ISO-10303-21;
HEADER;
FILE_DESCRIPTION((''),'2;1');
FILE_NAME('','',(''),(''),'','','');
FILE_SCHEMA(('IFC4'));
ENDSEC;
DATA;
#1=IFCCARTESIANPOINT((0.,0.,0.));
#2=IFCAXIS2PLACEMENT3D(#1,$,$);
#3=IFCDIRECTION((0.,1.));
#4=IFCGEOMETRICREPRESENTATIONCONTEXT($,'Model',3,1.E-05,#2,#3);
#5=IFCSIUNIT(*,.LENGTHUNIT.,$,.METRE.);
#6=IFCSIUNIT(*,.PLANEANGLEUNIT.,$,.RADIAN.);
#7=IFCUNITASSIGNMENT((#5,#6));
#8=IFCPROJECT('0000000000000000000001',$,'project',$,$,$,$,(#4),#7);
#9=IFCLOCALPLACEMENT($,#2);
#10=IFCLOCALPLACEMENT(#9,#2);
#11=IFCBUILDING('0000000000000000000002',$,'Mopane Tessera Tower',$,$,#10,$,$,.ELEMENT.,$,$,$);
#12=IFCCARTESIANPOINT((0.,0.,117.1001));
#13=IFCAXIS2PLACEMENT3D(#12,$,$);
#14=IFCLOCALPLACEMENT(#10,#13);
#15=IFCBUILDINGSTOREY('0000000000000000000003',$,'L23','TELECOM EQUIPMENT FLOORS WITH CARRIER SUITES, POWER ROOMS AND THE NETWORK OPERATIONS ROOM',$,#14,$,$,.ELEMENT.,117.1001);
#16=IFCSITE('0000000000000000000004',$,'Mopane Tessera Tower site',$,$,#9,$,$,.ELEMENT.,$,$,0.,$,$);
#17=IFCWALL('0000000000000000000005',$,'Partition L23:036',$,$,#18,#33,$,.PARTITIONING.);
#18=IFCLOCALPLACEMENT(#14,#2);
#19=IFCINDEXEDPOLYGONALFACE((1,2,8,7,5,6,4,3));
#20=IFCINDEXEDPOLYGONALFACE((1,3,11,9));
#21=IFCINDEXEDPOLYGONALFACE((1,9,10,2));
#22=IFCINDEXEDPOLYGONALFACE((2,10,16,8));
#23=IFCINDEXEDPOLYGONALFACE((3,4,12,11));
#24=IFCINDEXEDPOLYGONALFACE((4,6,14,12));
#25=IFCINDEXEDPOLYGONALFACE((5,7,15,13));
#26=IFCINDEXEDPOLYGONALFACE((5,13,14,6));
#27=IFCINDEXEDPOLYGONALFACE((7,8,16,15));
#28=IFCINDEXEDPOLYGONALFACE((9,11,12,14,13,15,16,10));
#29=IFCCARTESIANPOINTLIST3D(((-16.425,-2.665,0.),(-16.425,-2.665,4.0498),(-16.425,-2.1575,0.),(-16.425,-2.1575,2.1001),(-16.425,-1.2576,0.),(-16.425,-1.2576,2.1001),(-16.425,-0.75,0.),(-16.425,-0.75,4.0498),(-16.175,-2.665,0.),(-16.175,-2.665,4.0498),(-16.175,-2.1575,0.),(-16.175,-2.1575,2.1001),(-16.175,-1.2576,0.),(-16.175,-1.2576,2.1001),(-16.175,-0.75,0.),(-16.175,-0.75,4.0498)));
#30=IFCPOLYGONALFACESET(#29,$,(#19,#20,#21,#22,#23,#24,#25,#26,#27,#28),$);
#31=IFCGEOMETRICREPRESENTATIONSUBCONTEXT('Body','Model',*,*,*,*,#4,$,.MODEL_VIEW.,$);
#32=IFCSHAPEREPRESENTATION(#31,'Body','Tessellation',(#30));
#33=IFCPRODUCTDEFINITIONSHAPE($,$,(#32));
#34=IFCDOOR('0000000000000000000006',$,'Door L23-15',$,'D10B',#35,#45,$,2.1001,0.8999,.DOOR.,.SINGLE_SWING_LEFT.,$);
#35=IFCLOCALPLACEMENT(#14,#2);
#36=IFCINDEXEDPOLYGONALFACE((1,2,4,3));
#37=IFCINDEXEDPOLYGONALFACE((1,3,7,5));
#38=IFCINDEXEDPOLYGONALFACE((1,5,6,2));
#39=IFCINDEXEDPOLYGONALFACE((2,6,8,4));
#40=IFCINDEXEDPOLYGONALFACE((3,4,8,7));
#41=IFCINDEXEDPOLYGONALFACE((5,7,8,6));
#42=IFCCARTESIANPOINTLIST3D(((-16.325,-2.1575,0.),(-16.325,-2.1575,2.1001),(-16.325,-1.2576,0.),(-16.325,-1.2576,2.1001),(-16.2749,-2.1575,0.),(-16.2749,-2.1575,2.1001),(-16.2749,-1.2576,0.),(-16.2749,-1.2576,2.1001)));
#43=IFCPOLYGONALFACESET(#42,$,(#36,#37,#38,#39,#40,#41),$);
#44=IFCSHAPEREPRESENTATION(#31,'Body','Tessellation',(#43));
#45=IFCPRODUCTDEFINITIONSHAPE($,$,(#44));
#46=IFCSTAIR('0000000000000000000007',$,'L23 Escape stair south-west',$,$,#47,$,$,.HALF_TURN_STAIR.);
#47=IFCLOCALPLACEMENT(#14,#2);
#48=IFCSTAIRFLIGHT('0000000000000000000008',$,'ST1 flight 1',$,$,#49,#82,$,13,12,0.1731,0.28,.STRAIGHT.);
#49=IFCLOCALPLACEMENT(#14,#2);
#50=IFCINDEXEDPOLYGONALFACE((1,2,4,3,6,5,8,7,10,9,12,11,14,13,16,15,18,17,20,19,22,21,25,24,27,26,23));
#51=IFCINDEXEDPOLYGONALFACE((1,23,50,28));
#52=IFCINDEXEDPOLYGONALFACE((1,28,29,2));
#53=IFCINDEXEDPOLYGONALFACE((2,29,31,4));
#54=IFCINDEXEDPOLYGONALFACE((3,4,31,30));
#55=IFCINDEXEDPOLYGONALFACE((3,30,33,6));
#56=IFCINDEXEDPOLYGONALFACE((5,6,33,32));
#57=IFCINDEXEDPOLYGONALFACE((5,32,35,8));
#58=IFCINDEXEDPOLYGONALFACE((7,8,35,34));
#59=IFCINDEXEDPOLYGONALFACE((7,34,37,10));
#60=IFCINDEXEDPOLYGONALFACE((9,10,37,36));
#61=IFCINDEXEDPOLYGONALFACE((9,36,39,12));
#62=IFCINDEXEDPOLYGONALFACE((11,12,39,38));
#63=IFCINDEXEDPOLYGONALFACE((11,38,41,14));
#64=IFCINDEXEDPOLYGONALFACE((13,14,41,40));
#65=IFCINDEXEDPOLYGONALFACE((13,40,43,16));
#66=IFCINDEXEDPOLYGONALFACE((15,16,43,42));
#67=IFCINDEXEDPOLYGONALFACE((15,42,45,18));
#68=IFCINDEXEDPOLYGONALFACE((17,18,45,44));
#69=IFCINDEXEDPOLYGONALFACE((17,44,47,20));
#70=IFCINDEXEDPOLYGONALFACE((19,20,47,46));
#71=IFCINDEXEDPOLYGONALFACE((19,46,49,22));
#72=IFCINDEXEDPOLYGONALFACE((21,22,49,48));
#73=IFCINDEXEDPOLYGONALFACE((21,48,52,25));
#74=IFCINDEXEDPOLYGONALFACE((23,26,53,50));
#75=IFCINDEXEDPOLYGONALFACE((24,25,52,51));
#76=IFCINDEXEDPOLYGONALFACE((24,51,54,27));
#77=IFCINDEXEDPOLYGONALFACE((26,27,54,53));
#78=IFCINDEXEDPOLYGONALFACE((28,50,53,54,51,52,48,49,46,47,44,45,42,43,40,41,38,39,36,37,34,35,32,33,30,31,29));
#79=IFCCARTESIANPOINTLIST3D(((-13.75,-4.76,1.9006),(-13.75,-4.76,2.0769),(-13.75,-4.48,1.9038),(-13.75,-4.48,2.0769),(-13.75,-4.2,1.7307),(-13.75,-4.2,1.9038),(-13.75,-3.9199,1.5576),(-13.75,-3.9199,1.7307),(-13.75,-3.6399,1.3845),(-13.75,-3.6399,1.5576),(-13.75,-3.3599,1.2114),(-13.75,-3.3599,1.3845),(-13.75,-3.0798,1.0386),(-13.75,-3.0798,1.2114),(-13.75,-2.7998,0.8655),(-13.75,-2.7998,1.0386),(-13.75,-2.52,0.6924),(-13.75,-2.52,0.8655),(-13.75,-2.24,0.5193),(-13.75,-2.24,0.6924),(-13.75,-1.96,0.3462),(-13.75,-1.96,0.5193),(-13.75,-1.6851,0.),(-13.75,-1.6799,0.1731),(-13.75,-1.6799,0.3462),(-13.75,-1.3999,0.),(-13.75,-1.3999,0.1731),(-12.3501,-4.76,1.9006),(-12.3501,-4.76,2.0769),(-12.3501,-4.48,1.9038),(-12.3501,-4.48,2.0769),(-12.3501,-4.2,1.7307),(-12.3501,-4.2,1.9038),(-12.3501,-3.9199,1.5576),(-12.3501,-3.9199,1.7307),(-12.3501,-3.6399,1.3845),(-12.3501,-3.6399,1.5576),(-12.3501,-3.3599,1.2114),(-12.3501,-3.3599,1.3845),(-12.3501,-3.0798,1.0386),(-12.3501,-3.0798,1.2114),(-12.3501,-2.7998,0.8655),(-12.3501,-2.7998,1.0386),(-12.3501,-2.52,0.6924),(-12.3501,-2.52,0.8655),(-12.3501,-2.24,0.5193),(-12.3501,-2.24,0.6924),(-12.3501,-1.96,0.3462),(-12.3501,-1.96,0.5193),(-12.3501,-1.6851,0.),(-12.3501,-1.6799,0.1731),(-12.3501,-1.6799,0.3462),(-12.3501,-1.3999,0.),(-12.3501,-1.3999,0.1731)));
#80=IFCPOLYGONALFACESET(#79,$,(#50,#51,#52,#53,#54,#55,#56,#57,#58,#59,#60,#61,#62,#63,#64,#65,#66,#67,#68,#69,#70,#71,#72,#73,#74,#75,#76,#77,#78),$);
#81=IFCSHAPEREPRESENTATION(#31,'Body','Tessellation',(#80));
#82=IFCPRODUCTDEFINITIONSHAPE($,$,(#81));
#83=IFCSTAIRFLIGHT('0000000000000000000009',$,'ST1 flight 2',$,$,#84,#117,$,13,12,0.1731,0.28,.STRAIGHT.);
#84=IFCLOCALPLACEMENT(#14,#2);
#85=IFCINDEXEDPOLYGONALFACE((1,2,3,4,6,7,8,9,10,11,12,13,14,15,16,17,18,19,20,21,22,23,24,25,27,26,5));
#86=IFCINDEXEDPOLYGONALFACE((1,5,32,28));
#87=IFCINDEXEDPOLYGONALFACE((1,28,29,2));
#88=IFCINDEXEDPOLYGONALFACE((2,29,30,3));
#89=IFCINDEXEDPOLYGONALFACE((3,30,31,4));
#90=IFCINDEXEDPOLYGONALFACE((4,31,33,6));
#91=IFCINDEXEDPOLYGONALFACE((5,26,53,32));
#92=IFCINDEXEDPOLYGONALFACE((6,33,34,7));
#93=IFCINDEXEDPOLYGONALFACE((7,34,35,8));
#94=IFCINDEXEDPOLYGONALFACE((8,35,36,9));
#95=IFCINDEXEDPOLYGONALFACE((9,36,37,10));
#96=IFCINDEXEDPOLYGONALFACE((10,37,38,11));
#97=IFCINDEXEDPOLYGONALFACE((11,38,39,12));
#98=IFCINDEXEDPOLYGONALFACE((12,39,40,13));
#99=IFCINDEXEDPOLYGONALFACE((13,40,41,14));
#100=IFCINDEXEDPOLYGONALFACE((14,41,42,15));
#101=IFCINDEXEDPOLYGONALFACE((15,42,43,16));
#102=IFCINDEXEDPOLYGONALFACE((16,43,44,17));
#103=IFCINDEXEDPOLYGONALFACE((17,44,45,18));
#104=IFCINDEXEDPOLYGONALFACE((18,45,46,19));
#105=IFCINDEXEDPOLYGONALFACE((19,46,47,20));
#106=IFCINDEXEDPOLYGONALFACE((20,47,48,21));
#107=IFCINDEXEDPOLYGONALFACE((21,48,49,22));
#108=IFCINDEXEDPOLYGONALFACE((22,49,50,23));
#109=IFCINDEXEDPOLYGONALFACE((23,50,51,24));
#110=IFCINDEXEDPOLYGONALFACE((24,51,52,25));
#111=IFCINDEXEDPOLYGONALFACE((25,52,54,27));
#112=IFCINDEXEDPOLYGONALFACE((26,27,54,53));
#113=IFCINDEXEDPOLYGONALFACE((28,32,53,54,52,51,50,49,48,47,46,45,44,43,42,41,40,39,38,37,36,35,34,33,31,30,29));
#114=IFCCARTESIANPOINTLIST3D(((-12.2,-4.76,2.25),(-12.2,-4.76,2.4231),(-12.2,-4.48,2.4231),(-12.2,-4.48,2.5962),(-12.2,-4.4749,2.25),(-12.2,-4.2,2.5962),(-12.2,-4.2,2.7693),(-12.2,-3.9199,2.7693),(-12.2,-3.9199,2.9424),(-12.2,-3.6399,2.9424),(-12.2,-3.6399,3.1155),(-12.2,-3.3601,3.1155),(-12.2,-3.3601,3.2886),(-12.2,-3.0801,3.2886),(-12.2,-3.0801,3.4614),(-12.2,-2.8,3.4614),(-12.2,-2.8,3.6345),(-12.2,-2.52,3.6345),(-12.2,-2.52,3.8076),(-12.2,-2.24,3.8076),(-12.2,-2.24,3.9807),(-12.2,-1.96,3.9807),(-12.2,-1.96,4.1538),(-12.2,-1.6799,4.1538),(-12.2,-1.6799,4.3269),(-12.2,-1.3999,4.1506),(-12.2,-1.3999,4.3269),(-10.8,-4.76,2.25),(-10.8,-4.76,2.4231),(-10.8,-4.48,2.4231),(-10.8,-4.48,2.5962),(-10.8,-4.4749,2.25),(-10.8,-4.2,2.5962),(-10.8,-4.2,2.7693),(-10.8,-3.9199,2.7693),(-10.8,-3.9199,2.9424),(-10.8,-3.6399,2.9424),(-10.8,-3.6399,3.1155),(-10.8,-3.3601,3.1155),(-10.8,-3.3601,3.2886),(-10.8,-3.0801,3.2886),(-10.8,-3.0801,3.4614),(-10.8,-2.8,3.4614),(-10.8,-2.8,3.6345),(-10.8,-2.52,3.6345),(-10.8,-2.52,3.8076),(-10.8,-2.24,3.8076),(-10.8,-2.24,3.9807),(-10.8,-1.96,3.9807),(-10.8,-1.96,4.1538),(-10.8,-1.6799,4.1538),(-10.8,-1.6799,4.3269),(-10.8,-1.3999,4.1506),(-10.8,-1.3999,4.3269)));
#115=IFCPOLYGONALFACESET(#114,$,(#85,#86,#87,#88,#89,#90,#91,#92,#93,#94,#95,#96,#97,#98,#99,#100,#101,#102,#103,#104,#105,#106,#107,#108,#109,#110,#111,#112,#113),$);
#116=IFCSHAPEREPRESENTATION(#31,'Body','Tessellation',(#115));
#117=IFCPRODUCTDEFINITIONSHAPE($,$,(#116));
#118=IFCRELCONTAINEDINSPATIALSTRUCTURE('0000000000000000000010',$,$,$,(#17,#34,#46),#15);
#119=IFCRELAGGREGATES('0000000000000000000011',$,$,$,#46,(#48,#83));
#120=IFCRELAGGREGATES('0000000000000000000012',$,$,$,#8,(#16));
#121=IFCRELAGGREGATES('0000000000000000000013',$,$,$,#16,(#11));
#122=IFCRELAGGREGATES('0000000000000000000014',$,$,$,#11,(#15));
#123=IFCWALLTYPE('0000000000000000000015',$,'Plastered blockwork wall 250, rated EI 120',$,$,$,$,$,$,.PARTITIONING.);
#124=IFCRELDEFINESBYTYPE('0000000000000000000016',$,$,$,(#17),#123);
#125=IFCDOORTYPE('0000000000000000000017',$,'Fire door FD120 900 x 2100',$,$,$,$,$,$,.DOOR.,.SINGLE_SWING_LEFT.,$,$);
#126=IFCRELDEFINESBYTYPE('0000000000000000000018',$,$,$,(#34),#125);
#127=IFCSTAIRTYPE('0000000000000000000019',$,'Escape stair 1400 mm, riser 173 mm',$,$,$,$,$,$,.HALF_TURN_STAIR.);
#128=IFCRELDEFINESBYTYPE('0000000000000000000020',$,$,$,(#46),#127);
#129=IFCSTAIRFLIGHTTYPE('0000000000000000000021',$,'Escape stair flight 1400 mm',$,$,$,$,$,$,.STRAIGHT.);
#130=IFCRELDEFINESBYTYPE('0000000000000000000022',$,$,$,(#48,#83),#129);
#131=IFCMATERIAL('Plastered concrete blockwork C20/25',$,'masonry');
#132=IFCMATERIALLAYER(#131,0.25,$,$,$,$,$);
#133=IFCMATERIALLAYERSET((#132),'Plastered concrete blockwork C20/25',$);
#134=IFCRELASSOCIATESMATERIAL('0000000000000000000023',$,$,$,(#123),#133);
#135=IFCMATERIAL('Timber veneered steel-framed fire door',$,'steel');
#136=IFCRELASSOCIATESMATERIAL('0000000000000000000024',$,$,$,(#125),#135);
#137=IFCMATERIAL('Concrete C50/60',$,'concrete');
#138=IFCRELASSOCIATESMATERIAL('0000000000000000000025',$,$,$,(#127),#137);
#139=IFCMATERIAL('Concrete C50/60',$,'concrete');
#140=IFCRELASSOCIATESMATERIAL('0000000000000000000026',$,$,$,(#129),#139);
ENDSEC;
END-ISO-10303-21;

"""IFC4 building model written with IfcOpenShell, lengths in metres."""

from ifc_helpers import new_model, si_unit, direction, frame, frame_2d, origin, place, context, subcontext, project, spatial, polyline, rectangle, outline, extrude, material, layer, layer_set, type_object, element, fill, aggregate, save


model = new_model("IFC4")

# Units and contexts
model_context = context("Model", 3, precision=1e-05, world=origin(), true_north=direction((0.0, 1.0)))
body_context = subcontext(model_context, "Body", "Model", "MODEL_VIEW")
ifc_project = project(units=[si_unit("LENGTHUNIT", "METRE"), si_unit("PLANEANGLEUNIT", "RADIAN")], contexts=[model_context])

# Site, building, storey
site_placement = place(None, origin())
site = spatial("IfcSite", under=ifc_project, at=site_placement, Name="Mopane Tessera Tower site", CompositionType="ELEMENT", RefElevation=0.0)
building_placement = place(site_placement, origin())
building = spatial("IfcBuilding", under=site, at=building_placement, Name="Mopane Tessera Tower", CompositionType="ELEMENT")
storey_placement = place(building_placement, frame((0.0, 0.0, 117.1001)))
storey = spatial("IfcBuildingStorey", under=building, at=storey_placement, Name="L23", Description="TELECOM EQUIPMENT FLOORS WITH CARRIER SUITES, POWER ROOMS AND THE NETWORK OPERATIONS ROOM", CompositionType="ELEMENT", Elevation=117.1001)

# Wall, opening, door
ifc_material_1 = material(Name="Plastered concrete blockwork C20/25", Category="masonry")
ifc_layer_1 = layer(ifc_material_1, 0.25)
ifc_layer_set_1 = layer_set([ifc_layer_1], Name="Plastered concrete blockwork C20/25")
wall_type_1 = type_object("IfcWallType", Name="Plastered blockwork wall 250, rated EI 120", PredefinedType="PARTITIONING", material=ifc_layer_set_1)
wall_1_placement = place(storey_placement, frame((-16.3, -2.665, 0.0), z_axis=(0.0, 0.0, 1.0), x_axis=(0.0, 1.0, 0.0)))
wall_1 = element("IfcWall", 1, at=wall_1_placement, inside=storey, type_object=wall_type_1, Name="Partition L23:036", PredefinedType="PARTITIONING", context=body_context, shape_type="SweptSolid", body=[
    extrude(rectangle(XDim=1.915, YDim=0.25, at=frame_2d((0.9575, 0.0))), origin(), (0.0, 0.0, 1.0), 4.0498),
])
opening_1_placement = place(wall_1_placement, frame((0.5076, 0.0, 0.0)))
opening_1 = element("IfcOpeningElement", 2, at=opening_1_placement, cuts=wall_1, PredefinedType="OPENING", context=body_context, shape_type="SweptSolid", body=[
    extrude(rectangle(XDim=0.8999, YDim=2.1001, at=frame_2d((0.45, 1.05))), frame((0.0, 0.137, 0.0), z_axis=(0.0, -1.0, 0.0), x_axis=(1.0, 0.0, 0.0)), (0.0, 0.0, 1.0), 0.2739),
])
ifc_material_2 = material(Name="Timber veneered steel-framed fire door", Category="steel")
door_type_1 = type_object("IfcDoorType", Name="Fire door FD120 900 x 2100", OperationType="SINGLE_SWING_LEFT", PredefinedType="DOOR", material=ifc_material_2)
door_1_placement = place(opening_1_placement, origin())
door_1 = element("IfcDoor", 3, at=door_1_placement, inside=storey, type_object=door_type_1, Name="Door L23-15", ObjectType="D10B", OperationType="SINGLE_SWING_LEFT", OverallHeight=2.1001, OverallWidth=0.8999, PredefinedType="DOOR", context=body_context, shape_type="SweptSolid", body=[
    extrude(rectangle(XDim=0.8999, YDim=2.1001, at=frame_2d((0.45, 1.05))), frame((0.0, 0.0249, 0.0), z_axis=(0.0, -1.0, 0.0), x_axis=(1.0, 0.0, 0.0)), (0.0, 0.0, 1.0), 0.05),
])
fill(opening_1, door_1)

# Stair, stair flights
ifc_material_3 = material(Name="Concrete C50/60", Category="concrete")
stair_type = type_object("IfcStairType", Name="Escape stair 1400 mm, riser 173 mm", PredefinedType="HALF_TURN_STAIR", material=ifc_material_3)
stair_placement = place(storey_placement, origin())
stair = element("IfcStair", 4, at=stair_placement, inside=storey, type_object=stair_type, Name="L23 Escape stair south-west", PredefinedType="HALF_TURN_STAIR")
ifc_material_4 = material(Name="Concrete C50/60", Category="concrete")
stair_flight_type = type_object("IfcStairFlightType", Name="Escape stair flight 1400 mm", PredefinedType="STRAIGHT", material=ifc_material_4)
stair_flight_1_placement = place(storey_placement, frame((-13.05, -1.3999, 0.0), z_axis=(0.0, 0.0, 1.0), x_axis=(0.0, -1.0, 0.0)))
stair_flight_1 = element("IfcStairFlight", 5, at=stair_flight_1_placement, type_object=stair_flight_type, Name="ST1 flight 1", NumberOfRisers=13, NumberOfTreads=12, PredefinedType="STRAIGHT", RiserHeight=0.1731, TreadLength=0.28, context=body_context, shape_type="SweptSolid", body=[
    extrude(outline(polyline([(0.0, 0.0), (0.0, 0.1731), (0.28, 0.1731), (0.28, 0.3462), (0.5601, 0.3462), (0.5601, 0.5193), (0.8401, 0.5193), (0.8401, 0.6924), (1.1201, 0.6924), (1.1201, 0.8655), (1.3999, 0.8655), (1.3999, 1.0386), (1.6799, 1.0386), (1.6799, 1.2114), (1.96, 1.2114), (1.96, 1.3845), (2.24, 1.3845), (2.24, 1.5576), (2.52, 1.5576), (2.52, 1.7307), (2.8, 1.7307), (2.8, 1.9038), (3.0801, 1.9038), (3.0801, 2.0769), (3.3601, 2.0769), (3.3601, 2.25), (3.3601, 1.9006), (0.2852, 0.0), (0.0, 0.0)])), frame((0.0, 0.7, 0.0), z_axis=(0.0, -1.0, 0.0), x_axis=(1.0, 0.0, 0.0)), (0.0, 0.0, 1.0), 1.3999),
])
stair_flight_2_placement = place(storey_placement, frame((-11.5, -4.76, 2.25), z_axis=(0.0, 0.0, 1.0), x_axis=(0.0, 1.0, 0.0)))
stair_flight_2 = element("IfcStairFlight", 6, at=stair_flight_2_placement, type_object=stair_flight_type, Name="ST1 flight 2", NumberOfRisers=13, NumberOfTreads=12, PredefinedType="STRAIGHT", RiserHeight=0.1731, TreadLength=0.28, context=body_context, shape_type="SweptSolid", body=[
    extrude(outline(polyline([(0.0, 0.0), (0.0, 0.1731), (0.28, 0.1731), (0.28, 0.3462), (0.5601, 0.3462), (0.5601, 0.5193), (0.8401, 0.5193), (0.8401, 0.6924), (1.1201, 0.6924), (1.1201, 0.8655), (1.3999, 0.8655), (1.3999, 1.0386), (1.6799, 1.0386), (1.6799, 1.2114), (1.96, 1.2114), (1.96, 1.3845), (2.24, 1.3845), (2.24, 1.5576), (2.52, 1.5576), (2.52, 1.7307), (2.8, 1.7307), (2.8, 1.9038), (3.0801, 1.9038), (3.0801, 2.0769), (3.3601, 2.0769), (3.3601, 2.25), (3.3601, 1.9006), (0.2852, 0.0), (0.0, 0.0)])), frame((0.0, 0.7, 0.0), z_axis=(0.0, -1.0, 0.0), x_axis=(1.0, 0.0, 0.0)), (0.0, 0.0, 1.0), 1.3999),
])
aggregate(stair, [stair_flight_1, stair_flight_2])

save(model, "model.ifc")
